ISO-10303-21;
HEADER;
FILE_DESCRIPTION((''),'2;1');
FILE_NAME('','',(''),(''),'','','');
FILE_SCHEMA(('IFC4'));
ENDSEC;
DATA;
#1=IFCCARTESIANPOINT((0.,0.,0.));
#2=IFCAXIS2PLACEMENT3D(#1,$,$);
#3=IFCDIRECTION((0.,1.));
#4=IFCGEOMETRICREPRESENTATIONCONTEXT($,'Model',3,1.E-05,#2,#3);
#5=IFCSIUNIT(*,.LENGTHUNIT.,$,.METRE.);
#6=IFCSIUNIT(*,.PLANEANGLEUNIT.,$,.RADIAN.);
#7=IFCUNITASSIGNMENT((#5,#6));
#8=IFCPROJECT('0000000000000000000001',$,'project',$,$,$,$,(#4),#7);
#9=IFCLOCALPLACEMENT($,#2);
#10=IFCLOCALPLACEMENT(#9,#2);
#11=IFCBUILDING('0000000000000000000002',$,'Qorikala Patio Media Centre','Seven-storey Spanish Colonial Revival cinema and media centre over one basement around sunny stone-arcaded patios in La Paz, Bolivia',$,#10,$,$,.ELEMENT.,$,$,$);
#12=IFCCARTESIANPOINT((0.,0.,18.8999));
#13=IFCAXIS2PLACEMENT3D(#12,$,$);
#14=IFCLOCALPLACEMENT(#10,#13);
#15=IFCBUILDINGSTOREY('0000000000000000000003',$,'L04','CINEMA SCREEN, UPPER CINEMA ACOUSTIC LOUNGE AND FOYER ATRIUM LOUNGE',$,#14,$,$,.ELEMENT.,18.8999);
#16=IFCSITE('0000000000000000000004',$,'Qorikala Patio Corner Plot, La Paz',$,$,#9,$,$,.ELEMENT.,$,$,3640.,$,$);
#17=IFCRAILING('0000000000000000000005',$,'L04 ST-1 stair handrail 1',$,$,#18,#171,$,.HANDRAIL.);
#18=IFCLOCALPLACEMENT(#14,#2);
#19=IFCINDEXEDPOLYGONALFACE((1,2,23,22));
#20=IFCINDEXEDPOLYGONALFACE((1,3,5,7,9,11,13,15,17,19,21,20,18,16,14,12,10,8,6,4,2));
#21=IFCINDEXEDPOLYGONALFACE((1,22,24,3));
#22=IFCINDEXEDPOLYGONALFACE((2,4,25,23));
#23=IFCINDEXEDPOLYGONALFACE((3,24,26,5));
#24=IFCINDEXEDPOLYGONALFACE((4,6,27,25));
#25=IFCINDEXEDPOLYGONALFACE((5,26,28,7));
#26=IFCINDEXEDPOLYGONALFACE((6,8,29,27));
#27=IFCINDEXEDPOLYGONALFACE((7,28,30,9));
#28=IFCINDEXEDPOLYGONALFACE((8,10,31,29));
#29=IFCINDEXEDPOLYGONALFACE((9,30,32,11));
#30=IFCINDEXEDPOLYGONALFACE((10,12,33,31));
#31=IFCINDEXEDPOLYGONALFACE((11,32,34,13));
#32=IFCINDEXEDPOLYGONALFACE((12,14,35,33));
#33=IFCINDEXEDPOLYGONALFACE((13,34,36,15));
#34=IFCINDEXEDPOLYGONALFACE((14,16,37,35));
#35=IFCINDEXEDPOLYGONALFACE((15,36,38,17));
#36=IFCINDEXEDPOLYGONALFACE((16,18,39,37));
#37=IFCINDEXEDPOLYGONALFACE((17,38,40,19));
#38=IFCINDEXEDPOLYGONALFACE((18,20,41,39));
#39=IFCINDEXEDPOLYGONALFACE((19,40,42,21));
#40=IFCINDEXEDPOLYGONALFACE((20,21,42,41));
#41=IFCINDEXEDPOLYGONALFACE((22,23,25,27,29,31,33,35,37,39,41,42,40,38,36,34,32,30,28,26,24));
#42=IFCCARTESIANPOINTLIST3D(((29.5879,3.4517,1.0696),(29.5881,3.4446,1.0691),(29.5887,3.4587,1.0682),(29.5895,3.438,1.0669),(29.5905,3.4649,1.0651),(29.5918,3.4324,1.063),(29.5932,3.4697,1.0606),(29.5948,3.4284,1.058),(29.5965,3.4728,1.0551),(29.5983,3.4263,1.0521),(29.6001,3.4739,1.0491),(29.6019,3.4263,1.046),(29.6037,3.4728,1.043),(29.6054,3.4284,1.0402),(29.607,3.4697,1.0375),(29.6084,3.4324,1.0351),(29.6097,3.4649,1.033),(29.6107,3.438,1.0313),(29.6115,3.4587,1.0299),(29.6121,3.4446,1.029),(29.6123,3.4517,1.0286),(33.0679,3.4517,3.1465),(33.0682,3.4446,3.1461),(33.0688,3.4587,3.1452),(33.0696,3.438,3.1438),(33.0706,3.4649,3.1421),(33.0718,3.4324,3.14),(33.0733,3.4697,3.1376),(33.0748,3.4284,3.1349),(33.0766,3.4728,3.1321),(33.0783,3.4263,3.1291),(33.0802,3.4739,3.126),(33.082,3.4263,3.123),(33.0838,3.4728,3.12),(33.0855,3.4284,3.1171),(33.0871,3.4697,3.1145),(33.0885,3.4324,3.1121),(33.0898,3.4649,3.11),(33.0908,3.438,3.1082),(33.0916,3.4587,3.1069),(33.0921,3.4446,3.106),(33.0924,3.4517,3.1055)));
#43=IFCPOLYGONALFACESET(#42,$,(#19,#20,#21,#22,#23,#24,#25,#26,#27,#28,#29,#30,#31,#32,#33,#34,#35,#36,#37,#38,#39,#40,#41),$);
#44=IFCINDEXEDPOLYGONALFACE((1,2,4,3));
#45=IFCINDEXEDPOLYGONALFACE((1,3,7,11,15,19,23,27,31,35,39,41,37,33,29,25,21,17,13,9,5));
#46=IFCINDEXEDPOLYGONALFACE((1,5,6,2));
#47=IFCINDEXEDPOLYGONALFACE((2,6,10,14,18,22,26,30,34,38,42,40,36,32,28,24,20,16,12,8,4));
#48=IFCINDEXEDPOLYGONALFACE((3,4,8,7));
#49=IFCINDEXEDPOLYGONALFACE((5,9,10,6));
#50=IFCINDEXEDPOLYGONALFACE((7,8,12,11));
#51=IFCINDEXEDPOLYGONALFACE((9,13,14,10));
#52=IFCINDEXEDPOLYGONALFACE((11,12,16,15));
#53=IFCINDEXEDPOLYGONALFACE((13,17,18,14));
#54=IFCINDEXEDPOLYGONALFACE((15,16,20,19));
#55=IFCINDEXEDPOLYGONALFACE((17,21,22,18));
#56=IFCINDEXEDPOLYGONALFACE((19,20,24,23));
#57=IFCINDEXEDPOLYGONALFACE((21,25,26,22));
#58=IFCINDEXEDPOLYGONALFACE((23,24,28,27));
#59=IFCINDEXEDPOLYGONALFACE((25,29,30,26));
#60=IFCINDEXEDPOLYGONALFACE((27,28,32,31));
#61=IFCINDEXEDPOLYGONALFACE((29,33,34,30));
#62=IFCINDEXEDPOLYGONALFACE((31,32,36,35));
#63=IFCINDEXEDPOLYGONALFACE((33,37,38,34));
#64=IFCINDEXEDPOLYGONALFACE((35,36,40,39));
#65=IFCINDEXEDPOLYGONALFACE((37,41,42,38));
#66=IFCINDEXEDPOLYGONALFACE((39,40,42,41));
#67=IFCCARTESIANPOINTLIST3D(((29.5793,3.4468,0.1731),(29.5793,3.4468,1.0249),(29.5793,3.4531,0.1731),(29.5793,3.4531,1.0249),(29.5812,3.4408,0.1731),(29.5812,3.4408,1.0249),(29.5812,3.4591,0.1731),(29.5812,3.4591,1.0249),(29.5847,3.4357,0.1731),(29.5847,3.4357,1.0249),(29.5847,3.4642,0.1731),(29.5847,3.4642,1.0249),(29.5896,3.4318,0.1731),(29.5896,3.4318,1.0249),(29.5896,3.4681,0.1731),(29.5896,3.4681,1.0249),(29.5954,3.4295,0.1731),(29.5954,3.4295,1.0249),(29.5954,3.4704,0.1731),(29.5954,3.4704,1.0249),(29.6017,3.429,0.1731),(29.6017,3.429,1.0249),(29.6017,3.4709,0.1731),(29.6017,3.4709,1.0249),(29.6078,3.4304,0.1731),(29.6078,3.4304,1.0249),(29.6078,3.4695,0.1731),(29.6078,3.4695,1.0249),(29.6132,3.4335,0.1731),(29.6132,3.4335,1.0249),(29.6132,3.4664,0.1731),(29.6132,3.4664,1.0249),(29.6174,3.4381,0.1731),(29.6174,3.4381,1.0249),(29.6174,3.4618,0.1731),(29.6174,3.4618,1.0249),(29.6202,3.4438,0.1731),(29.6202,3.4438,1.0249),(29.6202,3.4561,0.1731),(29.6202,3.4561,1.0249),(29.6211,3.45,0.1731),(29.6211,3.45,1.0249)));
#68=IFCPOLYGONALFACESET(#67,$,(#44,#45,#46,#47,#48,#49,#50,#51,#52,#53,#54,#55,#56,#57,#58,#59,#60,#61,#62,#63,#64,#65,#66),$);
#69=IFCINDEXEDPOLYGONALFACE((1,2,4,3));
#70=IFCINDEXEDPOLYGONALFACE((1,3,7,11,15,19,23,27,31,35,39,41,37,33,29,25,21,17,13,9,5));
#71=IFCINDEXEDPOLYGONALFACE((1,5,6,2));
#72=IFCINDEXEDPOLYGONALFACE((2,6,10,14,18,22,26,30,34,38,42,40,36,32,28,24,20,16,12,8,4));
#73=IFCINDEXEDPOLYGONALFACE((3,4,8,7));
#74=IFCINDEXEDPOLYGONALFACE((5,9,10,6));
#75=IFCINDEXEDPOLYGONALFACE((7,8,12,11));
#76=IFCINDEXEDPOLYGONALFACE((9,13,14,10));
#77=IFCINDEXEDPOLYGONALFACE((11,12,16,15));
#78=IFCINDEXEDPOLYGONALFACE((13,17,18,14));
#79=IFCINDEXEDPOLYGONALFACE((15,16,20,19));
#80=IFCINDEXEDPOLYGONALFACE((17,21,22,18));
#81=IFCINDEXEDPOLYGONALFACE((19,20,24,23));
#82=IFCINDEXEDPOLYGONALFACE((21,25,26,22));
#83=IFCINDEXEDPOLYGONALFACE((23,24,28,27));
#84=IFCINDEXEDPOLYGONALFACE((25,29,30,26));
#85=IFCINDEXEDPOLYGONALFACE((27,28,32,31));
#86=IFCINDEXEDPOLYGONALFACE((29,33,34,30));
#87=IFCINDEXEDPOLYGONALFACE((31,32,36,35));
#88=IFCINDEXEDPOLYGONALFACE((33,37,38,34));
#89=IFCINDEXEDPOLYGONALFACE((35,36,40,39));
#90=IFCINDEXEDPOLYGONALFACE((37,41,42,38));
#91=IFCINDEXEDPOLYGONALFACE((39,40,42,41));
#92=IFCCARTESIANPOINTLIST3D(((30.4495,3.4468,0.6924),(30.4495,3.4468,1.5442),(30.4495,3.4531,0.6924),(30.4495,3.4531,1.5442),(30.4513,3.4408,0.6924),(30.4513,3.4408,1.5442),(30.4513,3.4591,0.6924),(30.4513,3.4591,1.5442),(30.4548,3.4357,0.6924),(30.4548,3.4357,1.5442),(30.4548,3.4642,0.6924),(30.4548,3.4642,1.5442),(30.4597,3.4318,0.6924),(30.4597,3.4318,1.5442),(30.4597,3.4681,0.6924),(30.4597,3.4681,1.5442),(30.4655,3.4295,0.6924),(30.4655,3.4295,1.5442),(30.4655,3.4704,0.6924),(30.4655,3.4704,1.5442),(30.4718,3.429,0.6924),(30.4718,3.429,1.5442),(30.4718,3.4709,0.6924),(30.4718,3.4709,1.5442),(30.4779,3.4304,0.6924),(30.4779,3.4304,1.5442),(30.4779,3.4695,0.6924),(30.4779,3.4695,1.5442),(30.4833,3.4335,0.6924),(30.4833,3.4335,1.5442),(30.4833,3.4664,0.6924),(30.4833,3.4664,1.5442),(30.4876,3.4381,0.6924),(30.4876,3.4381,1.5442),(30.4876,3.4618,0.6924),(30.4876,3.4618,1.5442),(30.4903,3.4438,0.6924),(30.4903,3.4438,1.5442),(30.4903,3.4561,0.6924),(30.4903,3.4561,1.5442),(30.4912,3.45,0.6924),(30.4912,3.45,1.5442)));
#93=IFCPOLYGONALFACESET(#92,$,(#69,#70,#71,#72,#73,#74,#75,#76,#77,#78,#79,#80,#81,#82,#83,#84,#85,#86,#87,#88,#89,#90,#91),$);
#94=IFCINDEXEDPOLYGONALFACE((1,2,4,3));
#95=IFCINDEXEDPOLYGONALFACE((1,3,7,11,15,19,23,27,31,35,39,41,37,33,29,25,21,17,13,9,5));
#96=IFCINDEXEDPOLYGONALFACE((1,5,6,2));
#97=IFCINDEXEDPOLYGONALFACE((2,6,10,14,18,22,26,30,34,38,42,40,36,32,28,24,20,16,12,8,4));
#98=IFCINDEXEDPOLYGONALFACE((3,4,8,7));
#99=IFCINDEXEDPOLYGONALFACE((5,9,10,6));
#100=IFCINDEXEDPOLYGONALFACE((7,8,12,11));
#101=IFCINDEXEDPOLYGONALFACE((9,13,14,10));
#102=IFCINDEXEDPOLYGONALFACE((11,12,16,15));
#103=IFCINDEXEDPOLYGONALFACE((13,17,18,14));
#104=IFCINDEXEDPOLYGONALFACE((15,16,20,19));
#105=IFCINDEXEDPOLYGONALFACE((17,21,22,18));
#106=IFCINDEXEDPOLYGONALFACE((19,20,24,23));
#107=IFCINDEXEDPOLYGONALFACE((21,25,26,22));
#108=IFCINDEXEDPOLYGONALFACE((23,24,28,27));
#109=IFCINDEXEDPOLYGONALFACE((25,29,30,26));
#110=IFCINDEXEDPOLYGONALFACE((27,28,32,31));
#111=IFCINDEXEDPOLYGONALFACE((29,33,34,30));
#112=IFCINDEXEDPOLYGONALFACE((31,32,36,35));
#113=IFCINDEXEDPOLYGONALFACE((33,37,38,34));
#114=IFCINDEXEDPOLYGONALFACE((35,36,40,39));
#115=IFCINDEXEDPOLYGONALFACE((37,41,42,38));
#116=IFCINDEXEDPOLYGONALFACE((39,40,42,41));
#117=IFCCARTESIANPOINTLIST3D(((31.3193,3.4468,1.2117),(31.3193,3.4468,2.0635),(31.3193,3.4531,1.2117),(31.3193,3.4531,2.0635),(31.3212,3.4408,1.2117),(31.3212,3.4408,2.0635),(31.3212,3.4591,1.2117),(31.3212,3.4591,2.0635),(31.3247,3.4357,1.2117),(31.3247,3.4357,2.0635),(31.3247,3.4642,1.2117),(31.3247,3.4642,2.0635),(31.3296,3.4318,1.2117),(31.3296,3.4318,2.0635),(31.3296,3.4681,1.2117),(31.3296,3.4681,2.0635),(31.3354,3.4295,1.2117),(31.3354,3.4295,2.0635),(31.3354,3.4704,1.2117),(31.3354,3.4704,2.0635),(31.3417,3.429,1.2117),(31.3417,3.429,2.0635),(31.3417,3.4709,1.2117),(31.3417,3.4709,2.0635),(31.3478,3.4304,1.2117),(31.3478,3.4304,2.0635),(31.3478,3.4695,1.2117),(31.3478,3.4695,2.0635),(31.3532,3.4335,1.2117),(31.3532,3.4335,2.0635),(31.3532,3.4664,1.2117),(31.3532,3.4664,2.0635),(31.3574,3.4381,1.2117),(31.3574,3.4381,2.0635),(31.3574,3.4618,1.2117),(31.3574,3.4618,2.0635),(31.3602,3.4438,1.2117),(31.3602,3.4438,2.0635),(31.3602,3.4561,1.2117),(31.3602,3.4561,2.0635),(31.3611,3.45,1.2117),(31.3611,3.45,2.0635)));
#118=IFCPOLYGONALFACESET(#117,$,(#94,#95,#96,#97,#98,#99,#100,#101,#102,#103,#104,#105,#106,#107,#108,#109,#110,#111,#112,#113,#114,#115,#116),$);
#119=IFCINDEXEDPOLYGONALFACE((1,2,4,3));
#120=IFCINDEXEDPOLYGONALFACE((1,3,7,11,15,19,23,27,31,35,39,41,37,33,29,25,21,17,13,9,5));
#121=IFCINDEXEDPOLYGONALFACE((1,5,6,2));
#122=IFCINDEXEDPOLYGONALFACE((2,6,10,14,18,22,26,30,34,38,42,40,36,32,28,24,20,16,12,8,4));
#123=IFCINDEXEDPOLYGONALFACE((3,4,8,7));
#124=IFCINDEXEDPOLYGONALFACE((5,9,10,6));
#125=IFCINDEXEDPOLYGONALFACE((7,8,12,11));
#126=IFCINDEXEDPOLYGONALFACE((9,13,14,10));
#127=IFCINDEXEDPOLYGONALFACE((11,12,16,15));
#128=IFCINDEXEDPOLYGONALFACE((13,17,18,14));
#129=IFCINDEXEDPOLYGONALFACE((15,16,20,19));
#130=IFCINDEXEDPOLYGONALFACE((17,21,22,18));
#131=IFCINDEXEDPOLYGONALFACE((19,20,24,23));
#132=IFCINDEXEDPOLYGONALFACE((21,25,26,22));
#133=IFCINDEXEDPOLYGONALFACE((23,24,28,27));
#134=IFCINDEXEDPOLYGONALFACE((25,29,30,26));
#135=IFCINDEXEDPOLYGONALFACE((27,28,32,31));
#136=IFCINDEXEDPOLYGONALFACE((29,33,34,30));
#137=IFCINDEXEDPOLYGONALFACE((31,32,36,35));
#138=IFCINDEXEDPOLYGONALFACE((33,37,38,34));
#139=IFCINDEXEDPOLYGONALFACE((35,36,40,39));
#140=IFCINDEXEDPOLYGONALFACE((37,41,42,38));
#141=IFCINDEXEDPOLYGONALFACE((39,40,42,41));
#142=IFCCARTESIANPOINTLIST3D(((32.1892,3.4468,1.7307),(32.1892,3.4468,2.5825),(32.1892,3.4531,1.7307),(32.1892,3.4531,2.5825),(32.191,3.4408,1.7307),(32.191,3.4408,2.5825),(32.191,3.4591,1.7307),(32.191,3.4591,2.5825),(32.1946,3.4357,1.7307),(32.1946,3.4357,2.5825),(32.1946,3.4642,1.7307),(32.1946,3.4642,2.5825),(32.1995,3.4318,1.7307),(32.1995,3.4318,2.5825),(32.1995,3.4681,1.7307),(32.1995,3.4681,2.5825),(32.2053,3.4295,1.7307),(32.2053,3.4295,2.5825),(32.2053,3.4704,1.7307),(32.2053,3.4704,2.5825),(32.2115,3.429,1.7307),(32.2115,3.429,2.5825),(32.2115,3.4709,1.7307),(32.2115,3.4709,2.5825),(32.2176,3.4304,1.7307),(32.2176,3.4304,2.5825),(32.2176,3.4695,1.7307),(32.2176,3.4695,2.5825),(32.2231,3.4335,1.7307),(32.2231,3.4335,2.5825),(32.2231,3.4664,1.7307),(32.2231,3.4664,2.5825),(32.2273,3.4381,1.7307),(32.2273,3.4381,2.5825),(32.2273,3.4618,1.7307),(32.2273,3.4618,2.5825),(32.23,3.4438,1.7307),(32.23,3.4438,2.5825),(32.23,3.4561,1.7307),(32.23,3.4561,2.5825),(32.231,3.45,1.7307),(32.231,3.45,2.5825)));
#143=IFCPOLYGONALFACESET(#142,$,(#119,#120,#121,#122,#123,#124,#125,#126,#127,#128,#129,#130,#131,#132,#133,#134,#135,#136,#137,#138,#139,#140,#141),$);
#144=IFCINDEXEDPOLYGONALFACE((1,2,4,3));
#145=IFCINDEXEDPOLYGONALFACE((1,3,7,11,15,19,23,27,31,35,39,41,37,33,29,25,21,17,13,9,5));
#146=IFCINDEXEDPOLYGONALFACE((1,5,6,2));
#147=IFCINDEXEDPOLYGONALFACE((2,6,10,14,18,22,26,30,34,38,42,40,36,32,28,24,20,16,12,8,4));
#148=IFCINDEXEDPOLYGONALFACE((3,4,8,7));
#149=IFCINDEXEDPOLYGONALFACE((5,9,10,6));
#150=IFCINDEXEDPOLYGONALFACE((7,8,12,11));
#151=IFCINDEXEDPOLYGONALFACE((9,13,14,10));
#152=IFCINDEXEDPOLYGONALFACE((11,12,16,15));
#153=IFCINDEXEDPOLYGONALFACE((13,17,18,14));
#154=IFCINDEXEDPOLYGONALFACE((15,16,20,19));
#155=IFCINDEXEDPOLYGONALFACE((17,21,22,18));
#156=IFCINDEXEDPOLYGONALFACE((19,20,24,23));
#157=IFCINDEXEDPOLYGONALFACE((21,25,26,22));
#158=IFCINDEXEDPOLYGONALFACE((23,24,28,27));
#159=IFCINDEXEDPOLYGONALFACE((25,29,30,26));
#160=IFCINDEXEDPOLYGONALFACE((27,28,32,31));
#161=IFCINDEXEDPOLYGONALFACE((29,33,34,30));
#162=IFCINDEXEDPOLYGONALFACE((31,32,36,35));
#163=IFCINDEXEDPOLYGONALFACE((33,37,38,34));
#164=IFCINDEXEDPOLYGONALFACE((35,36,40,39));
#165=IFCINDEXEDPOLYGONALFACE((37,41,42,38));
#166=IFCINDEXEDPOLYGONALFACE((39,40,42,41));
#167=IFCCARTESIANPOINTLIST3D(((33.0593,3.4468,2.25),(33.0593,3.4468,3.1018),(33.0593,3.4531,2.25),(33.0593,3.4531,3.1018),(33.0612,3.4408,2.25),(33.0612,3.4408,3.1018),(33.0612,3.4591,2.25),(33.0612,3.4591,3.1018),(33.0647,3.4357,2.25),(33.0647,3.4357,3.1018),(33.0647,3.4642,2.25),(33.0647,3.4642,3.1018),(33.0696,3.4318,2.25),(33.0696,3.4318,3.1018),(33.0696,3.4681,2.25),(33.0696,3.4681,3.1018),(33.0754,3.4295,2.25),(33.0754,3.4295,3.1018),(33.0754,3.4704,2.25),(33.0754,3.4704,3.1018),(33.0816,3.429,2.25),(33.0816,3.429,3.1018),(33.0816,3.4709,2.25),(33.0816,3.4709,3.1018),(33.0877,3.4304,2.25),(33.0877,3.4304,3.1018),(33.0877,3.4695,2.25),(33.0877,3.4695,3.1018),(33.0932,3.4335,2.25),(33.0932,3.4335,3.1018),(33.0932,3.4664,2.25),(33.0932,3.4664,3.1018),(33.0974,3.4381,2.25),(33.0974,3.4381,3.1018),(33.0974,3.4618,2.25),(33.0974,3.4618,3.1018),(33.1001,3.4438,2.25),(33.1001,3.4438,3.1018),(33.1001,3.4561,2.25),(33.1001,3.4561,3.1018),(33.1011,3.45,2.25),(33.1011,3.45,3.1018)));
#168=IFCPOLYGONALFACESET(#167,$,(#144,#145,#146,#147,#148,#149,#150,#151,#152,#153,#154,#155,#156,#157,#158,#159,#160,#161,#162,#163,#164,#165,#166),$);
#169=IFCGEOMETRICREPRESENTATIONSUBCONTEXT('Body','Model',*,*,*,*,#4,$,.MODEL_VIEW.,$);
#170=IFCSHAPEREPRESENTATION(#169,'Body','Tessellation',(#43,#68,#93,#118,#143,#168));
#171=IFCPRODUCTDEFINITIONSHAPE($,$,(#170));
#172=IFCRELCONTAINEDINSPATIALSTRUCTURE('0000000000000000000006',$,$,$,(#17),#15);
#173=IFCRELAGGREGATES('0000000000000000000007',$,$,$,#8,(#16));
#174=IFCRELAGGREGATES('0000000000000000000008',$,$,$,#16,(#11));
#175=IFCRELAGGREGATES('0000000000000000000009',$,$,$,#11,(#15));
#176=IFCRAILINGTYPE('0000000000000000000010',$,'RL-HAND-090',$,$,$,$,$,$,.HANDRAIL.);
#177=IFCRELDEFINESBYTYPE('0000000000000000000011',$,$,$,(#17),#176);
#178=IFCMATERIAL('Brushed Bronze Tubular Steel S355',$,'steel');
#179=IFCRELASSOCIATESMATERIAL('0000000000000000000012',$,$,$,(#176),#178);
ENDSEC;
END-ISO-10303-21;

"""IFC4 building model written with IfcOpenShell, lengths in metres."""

from ifc_helpers import new_model, si_unit, direction, frame, origin, origin_2d, place, context, subcontext, project, spatial, circle, extrude, material, type_object, element, save


model = new_model("IFC4")

# Units and contexts
model_context = context("Model", 3, precision=1e-05, world=origin(), true_north=direction((0.0, 1.0)))
body_context = subcontext(model_context, "Body", "Model", "MODEL_VIEW")
ifc_project = project(units=[si_unit("LENGTHUNIT", "METRE"), si_unit("PLANEANGLEUNIT", "RADIAN")], contexts=[model_context])

# Site, building, storey
site_placement = place(None, origin())
site = spatial("IfcSite", under=ifc_project, at=site_placement, Name="Qorikala Patio Corner Plot, La Paz", CompositionType="ELEMENT", RefElevation=3640.0)
building_placement = place(site_placement, origin())
building = spatial("IfcBuilding", under=site, at=building_placement, Name="Qorikala Patio Media Centre", Description="Seven-storey Spanish Colonial Revival cinema and media centre over one basement around sunny stone-arcaded patios in La Paz, Bolivia", CompositionType="ELEMENT")
storey_placement = place(building_placement, frame((0.0, 0.0, 18.8999)))
storey = spatial("IfcBuildingStorey", under=building, at=storey_placement, Name="L04", Description="CINEMA SCREEN, UPPER CINEMA ACOUSTIC LOUNGE AND FOYER ATRIUM LOUNGE", CompositionType="ELEMENT", Elevation=18.8999)

# Railing
ifc_material_1 = material(Name="Brushed Bronze Tubular Steel S355", Category="steel")
railing_type_1 = type_object("IfcRailingType", Name="RL-HAND-090", PredefinedType="HANDRAIL", material=ifc_material_1)
railing_1_placement = place(storey_placement, frame((29.6001, 3.45, 0.1731)))
element("IfcRailing", 1, at=railing_1_placement, inside=storey, type_object=railing_type_1, Name="L04 ST-1 stair handrail 1", PredefinedType="HANDRAIL", context=body_context, shape_type="SweptSolid", body=[
    extrude(circle(Radius=0.0239, at=origin_2d()), frame((0.0, 0.0, 0.876), z_axis=(0.858697, 0.0, 0.512483), x_axis=(0.0, 1.0, 0.0)), (0.0, 0.0, 1.0), 4.0527),
    extrude(circle(Radius=0.021, at=origin_2d()), origin(), (0.0, 0.0, 1.0), 0.8518),
    extrude(circle(Radius=0.021, at=origin_2d()), frame((0.8701, 0.0, 0.5193)), (0.0, 0.0, 1.0), 0.8518),
    extrude(circle(Radius=0.021, at=origin_2d()), frame((1.74, 0.0, 1.0386)), (0.0, 0.0, 1.0), 0.8518),
    extrude(circle(Radius=0.021, at=origin_2d()), frame((2.6099, 0.0, 1.5576)), (0.0, 0.0, 1.0), 0.8518),
    extrude(circle(Radius=0.021, at=origin_2d()), frame((3.48, 0.0, 2.0769)), (0.0, 0.0, 1.0), 0.8518),
])

save(model, "model.ifc")
